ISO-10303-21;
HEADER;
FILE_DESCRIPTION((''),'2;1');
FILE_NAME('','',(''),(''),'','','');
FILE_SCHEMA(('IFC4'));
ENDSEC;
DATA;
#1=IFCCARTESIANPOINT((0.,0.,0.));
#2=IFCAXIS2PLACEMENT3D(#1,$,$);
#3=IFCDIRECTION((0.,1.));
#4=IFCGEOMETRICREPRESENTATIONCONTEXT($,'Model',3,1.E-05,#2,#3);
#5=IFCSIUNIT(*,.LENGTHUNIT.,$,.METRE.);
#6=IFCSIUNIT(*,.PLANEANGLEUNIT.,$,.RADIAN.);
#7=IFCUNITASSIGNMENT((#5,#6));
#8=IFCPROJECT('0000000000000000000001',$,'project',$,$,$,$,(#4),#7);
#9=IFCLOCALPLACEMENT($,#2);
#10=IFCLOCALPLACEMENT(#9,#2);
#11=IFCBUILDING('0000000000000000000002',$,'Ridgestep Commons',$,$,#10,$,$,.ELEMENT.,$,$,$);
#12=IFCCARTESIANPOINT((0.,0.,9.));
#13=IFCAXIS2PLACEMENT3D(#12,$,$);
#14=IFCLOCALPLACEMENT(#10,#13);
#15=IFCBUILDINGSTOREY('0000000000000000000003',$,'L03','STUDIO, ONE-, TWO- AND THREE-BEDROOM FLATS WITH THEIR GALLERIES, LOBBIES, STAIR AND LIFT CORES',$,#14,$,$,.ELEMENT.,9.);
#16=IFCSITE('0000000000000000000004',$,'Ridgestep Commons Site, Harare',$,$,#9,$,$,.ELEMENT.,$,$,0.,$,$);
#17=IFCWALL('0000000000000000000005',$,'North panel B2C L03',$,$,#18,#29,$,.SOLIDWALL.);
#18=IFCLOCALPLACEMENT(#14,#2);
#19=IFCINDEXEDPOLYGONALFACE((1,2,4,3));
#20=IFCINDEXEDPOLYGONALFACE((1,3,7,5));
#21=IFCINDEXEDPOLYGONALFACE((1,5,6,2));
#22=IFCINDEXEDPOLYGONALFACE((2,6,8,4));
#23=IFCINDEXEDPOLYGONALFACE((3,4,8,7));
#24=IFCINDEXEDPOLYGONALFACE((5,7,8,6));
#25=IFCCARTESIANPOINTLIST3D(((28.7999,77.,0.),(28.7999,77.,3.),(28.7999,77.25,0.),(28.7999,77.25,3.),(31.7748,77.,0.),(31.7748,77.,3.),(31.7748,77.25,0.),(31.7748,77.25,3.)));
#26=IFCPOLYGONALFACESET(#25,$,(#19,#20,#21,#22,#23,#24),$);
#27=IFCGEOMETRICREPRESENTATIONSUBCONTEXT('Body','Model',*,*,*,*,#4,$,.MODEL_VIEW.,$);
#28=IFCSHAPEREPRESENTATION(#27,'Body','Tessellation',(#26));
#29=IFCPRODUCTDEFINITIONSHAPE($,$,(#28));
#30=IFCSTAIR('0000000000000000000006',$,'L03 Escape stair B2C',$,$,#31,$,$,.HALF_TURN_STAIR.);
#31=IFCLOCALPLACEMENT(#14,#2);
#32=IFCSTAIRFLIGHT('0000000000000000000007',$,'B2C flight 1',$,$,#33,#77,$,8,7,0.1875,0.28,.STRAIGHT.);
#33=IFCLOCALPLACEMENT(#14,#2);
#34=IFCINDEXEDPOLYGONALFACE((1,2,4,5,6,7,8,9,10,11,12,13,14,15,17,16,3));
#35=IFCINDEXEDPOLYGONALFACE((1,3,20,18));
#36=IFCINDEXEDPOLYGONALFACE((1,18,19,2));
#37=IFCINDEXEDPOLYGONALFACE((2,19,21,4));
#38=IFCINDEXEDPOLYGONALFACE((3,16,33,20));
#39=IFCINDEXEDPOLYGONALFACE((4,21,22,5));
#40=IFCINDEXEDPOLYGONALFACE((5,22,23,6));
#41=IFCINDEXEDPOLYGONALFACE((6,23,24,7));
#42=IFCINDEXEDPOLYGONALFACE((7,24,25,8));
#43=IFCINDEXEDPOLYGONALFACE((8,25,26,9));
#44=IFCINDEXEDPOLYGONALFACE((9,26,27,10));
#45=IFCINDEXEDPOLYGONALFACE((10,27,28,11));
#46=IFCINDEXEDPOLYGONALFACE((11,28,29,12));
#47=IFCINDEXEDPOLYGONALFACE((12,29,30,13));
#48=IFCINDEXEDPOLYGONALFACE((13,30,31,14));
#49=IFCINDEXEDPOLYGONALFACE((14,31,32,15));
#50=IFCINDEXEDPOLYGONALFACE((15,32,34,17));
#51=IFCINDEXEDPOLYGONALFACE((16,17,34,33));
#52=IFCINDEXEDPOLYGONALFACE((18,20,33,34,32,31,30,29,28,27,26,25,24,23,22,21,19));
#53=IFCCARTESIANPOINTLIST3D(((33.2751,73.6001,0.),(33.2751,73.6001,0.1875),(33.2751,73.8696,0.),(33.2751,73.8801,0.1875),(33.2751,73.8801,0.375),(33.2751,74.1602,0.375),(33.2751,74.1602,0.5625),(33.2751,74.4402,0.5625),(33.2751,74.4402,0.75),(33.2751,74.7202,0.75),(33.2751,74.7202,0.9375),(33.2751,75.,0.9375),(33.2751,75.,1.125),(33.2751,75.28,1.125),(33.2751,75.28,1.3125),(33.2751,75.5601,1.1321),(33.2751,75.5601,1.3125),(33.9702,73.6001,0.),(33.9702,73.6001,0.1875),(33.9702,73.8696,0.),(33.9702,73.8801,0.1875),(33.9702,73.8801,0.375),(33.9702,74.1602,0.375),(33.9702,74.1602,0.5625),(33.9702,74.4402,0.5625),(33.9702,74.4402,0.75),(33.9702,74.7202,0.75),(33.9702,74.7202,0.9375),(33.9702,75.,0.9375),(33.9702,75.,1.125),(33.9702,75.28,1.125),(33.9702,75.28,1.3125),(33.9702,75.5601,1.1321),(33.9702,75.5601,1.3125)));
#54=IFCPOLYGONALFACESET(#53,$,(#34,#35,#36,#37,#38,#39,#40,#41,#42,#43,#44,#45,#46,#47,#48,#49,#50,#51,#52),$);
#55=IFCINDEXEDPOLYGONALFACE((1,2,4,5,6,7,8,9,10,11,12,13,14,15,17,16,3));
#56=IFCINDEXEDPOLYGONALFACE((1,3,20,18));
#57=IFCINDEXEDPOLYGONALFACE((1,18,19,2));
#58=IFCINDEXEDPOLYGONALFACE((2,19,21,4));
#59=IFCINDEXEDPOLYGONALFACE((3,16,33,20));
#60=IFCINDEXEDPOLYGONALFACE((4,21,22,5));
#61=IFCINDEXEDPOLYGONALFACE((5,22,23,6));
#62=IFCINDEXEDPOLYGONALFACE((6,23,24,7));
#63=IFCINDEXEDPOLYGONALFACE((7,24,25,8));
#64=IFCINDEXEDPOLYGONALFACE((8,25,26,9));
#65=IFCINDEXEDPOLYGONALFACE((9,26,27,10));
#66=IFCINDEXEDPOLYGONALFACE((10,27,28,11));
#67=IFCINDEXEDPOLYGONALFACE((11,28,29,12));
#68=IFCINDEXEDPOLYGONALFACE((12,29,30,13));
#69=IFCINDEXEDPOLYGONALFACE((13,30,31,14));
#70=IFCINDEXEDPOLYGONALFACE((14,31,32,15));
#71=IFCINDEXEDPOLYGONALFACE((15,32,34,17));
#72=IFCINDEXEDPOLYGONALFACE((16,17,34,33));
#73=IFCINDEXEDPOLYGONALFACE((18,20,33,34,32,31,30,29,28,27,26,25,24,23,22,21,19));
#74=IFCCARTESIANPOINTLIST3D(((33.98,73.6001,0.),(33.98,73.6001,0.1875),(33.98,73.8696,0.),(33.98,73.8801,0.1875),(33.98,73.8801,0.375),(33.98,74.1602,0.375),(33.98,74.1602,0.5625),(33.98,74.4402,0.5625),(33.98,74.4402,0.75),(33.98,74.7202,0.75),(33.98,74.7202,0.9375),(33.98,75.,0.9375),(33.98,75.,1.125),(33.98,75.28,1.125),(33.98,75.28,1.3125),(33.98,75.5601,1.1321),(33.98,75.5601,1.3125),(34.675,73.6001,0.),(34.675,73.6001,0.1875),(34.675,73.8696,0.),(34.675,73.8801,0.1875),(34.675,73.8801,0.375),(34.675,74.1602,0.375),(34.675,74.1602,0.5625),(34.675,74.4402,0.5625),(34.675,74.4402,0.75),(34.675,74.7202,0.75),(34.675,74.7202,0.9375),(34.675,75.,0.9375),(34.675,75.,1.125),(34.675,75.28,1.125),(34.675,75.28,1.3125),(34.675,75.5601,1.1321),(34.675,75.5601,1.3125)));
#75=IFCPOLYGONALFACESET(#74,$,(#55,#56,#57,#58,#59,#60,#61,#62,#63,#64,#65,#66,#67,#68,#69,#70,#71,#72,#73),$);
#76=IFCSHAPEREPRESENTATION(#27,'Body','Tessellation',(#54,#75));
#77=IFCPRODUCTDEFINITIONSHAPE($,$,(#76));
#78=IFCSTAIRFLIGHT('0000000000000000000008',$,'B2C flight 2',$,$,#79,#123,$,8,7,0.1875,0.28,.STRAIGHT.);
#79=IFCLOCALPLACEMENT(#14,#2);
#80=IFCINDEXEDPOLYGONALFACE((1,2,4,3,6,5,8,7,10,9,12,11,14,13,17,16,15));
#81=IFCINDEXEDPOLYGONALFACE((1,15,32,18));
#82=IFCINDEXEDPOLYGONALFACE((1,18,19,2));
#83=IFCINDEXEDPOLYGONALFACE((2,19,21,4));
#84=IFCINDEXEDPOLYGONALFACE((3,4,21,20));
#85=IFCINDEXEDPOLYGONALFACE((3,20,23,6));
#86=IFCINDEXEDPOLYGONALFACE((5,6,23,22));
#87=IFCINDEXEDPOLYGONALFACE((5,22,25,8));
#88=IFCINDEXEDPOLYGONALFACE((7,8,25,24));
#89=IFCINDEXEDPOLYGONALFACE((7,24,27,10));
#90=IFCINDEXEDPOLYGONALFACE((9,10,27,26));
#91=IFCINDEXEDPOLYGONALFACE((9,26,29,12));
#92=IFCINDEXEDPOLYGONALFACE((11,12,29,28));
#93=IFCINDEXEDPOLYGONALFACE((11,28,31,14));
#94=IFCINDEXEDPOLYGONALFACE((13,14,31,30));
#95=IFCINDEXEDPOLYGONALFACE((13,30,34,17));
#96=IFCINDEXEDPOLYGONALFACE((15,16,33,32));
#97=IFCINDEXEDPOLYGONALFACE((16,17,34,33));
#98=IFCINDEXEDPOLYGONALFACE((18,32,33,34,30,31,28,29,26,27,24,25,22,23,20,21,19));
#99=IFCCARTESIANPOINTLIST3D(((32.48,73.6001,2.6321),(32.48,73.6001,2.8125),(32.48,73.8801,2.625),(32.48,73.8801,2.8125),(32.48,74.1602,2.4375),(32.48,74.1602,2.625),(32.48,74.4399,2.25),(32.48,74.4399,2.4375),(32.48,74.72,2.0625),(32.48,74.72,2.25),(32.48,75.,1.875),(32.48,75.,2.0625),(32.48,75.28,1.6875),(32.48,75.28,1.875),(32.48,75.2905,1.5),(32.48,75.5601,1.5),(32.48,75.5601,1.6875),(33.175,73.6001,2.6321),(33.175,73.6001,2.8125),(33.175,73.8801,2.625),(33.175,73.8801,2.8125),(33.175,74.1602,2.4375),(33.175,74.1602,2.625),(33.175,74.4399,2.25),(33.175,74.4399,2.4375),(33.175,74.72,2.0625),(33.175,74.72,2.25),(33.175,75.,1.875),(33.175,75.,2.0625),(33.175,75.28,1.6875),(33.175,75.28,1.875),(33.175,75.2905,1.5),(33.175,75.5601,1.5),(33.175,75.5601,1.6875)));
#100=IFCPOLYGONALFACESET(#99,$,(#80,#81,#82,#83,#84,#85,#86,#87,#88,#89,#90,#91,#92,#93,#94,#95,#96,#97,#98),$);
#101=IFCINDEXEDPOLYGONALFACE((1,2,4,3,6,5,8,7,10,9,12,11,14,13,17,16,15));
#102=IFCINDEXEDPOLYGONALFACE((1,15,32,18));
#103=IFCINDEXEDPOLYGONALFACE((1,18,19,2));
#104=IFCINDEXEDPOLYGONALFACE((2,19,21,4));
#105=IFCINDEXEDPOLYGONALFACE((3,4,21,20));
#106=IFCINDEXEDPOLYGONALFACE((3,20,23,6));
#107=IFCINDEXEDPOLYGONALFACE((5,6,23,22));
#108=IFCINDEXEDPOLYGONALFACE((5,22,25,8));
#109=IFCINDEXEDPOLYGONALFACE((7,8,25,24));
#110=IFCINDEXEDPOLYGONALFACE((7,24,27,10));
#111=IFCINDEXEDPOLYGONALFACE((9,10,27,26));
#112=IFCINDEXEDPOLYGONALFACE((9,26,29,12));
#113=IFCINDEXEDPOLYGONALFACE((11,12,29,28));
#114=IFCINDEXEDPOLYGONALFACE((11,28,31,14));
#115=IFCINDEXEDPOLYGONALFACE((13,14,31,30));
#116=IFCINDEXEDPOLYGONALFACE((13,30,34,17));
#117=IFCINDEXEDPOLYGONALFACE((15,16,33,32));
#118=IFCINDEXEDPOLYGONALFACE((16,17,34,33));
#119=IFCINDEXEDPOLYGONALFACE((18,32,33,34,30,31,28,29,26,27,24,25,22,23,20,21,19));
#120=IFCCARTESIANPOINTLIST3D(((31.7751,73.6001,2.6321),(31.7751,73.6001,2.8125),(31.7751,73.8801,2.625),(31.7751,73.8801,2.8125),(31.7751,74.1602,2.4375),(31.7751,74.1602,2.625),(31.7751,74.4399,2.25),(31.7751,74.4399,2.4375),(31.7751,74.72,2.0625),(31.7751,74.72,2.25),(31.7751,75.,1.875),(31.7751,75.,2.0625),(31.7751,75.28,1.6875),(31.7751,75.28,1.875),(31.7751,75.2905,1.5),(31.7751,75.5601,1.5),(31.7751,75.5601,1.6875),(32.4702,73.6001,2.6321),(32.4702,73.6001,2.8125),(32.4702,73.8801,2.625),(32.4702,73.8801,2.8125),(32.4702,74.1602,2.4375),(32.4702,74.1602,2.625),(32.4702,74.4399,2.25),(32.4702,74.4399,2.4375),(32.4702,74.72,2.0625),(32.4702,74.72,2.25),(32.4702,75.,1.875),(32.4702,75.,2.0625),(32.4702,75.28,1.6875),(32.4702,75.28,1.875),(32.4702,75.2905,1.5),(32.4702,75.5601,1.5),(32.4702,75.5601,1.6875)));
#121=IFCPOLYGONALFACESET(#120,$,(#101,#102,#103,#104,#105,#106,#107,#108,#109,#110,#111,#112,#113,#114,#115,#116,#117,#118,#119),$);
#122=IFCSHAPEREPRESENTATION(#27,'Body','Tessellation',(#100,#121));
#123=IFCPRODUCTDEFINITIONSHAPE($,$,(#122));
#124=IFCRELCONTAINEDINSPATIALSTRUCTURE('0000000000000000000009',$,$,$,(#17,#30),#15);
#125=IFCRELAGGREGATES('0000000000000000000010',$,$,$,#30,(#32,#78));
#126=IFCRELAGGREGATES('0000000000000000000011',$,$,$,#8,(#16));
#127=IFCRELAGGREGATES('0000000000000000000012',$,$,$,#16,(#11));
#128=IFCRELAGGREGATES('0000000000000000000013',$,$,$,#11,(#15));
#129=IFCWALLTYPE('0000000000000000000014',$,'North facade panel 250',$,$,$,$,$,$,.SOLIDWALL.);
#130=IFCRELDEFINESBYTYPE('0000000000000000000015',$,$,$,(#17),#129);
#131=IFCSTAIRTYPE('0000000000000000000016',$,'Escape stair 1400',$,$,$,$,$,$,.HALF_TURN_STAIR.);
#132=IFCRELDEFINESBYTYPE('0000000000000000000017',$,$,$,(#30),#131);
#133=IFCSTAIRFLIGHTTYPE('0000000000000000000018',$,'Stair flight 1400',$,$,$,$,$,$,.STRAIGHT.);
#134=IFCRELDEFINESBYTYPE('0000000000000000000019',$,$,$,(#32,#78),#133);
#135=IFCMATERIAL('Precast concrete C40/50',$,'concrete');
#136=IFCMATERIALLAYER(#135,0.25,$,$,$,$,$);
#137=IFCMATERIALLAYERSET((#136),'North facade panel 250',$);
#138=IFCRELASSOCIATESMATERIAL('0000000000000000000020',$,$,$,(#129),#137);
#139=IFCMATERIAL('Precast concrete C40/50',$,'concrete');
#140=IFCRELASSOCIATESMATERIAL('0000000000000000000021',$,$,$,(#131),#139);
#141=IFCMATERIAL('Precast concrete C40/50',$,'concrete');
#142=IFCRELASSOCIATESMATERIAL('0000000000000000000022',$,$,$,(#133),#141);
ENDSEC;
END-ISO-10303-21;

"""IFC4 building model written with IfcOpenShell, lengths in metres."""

from ifc_helpers import new_model, si_unit, direction, frame, frame_2d, origin, place, context, subcontext, project, spatial, polyline, rectangle, outline, extrude, material, layer, layer_set, type_object, element, aggregate, save


model = new_model("IFC4")

# Units and contexts
model_context = context("Model", 3, precision=1e-05, world=origin(), true_north=direction((0.0, 1.0)))
body_context = subcontext(model_context, "Body", "Model", "MODEL_VIEW")
ifc_project = project(units=[si_unit("LENGTHUNIT", "METRE"), si_unit("PLANEANGLEUNIT", "RADIAN")], contexts=[model_context])

# Site, building, storey
site_placement = place(None, origin())
site = spatial("IfcSite", under=ifc_project, at=site_placement, Name="Ridgestep Commons Site, Harare", CompositionType="ELEMENT", RefElevation=0.0)
building_placement = place(site_placement, origin())
building = spatial("IfcBuilding", under=site, at=building_placement, Name="Ridgestep Commons", CompositionType="ELEMENT")
storey_placement = place(building_placement, frame((0.0, 0.0, 9.0)))
storey = spatial("IfcBuildingStorey", under=building, at=storey_placement, Name="L03", Description="STUDIO, ONE-, TWO- AND THREE-BEDROOM FLATS WITH THEIR GALLERIES, LOBBIES, STAIR AND LIFT CORES", CompositionType="ELEMENT", Elevation=9.0)

# Wall
ifc_material_1 = material(Name="Precast concrete C40/50", Category="concrete")
ifc_layer_1 = layer(ifc_material_1, 0.25)
ifc_layer_set_1 = layer_set([ifc_layer_1], Name="North facade panel 250")
wall_type_1 = type_object("IfcWallType", Name="North facade panel 250", PredefinedType="SOLIDWALL", material=ifc_layer_set_1)
wall_1_placement = place(storey_placement, frame((28.8, 77.125, 0.0), z_axis=(0.0, 0.0, 1.0), x_axis=(1.0, 0.0, 0.0)))
element("IfcWall", 1, at=wall_1_placement, inside=storey, type_object=wall_type_1, Name="North panel B2C L03", PredefinedType="SOLIDWALL", context=body_context, shape_type="SweptSolid", body=[
    extrude(rectangle(XDim=2.9749, YDim=0.25, at=frame_2d((1.4873, 0.0))), origin(), (0.0, 0.0, 1.0), 3.0),
])

# Stair, stair flights
ifc_material_2 = material(Name="Precast concrete C40/50", Category="concrete")
stair_type = type_object("IfcStairType", Name="Escape stair 1400", PredefinedType="HALF_TURN_STAIR", material=ifc_material_2)
stair_placement = place(storey_placement, origin())
stair = element("IfcStair", 2, at=stair_placement, inside=storey, type_object=stair_type, Name="L03 Escape stair B2C", PredefinedType="HALF_TURN_STAIR")
ifc_material_3 = material(Name="Precast concrete C40/50", Category="concrete")
stair_flight_type = type_object("IfcStairFlightType", Name="Stair flight 1400", PredefinedType="STRAIGHT", material=ifc_material_3)
stair_flight_1_placement = place(storey_placement, frame((33.9751, 73.6001, 0.0), z_axis=(0.0, 0.0, 1.0), x_axis=(0.0, 1.0, 0.0)))
stair_flight_1 = element("IfcStairFlight", 3, at=stair_flight_1_placement, type_object=stair_flight_type, Name="B2C flight 1", NumberOfRisers=8, NumberOfTreads=7, PredefinedType="STRAIGHT", RiserHeight=0.1875, TreadLength=0.28, context=body_context, shape_type="SweptSolid", body=[
    extrude(outline(polyline([(0.0, 0.0), (0.0, 0.1875), (0.28, 0.1875), (0.28, 0.375), (0.5601, 0.375), (0.5601, 0.5625), (0.8401, 0.5625), (0.8401, 0.75), (1.1201, 0.75), (1.1201, 0.9375), (1.3999, 0.9375), (1.3999, 1.125), (1.6799, 1.125), (1.6799, 1.3125), (1.96, 1.3125), (1.96, 1.5), (1.96, 1.1321), (0.2695, 0.0), (0.0, 0.0)])), frame((0.0, 0.7, 0.0), z_axis=(0.0, -1.0, 0.0), x_axis=(1.0, 0.0, 0.0)), (0.0, 0.0, 1.0), 0.6951),
    extrude(outline(polyline([(0.0, 0.0), (0.0, 0.1875), (0.28, 0.1875), (0.28, 0.375), (0.5601, 0.375), (0.5601, 0.5625), (0.8401, 0.5625), (0.8401, 0.75), (1.1201, 0.75), (1.1201, 0.9375), (1.3999, 0.9375), (1.3999, 1.125), (1.6799, 1.125), (1.6799, 1.3125), (1.96, 1.3125), (1.96, 1.5), (1.96, 1.1321), (0.2695, 0.0), (0.0, 0.0)])), frame((0.0, -0.0049, 0.0), z_axis=(0.0, -1.0, 0.0), x_axis=(1.0, 0.0, 0.0)), (0.0, 0.0, 1.0), 0.6951),
])
stair_flight_2_placement = place(storey_placement, frame((32.4751, 75.5601, 1.5), z_axis=(0.0, 0.0, 1.0), x_axis=(0.0, -1.0, 0.0)))
stair_flight_2 = element("IfcStairFlight", 4, at=stair_flight_2_placement, type_object=stair_flight_type, Name="B2C flight 2", NumberOfRisers=8, NumberOfTreads=7, PredefinedType="STRAIGHT", RiserHeight=0.1875, TreadLength=0.28, context=body_context, shape_type="SweptSolid", body=[
    extrude(outline(polyline([(0.0, 0.0), (0.0, 0.1875), (0.28, 0.1875), (0.28, 0.375), (0.5601, 0.375), (0.5601, 0.5625), (0.8401, 0.5625), (0.8401, 0.75), (1.1201, 0.75), (1.1201, 0.9375), (1.3999, 0.9375), (1.3999, 1.125), (1.6799, 1.125), (1.6799, 1.3125), (1.96, 1.3125), (1.96, 1.5), (1.96, 1.1321), (0.2695, 0.0), (0.0, 0.0)])), frame((0.0, 0.7, 0.0), z_axis=(0.0, -1.0, 0.0), x_axis=(1.0, 0.0, 0.0)), (0.0, 0.0, 1.0), 0.6951),
    extrude(outline(polyline([(0.0, 0.0), (0.0, 0.1875), (0.28, 0.1875), (0.28, 0.375), (0.5601, 0.375), (0.5601, 0.5625), (0.8401, 0.5625), (0.8401, 0.75), (1.1201, 0.75), (1.1201, 0.9375), (1.3999, 0.9375), (1.3999, 1.125), (1.6799, 1.125), (1.6799, 1.3125), (1.96, 1.3125), (1.96, 1.5), (1.96, 1.1321), (0.2695, 0.0), (0.0, 0.0)])), frame((0.0, -0.0049, 0.0), z_axis=(0.0, -1.0, 0.0), x_axis=(1.0, 0.0, 0.0)), (0.0, 0.0, 1.0), 0.6951),
])
aggregate(stair, [stair_flight_1, stair_flight_2])

save(model, "model.ifc")
